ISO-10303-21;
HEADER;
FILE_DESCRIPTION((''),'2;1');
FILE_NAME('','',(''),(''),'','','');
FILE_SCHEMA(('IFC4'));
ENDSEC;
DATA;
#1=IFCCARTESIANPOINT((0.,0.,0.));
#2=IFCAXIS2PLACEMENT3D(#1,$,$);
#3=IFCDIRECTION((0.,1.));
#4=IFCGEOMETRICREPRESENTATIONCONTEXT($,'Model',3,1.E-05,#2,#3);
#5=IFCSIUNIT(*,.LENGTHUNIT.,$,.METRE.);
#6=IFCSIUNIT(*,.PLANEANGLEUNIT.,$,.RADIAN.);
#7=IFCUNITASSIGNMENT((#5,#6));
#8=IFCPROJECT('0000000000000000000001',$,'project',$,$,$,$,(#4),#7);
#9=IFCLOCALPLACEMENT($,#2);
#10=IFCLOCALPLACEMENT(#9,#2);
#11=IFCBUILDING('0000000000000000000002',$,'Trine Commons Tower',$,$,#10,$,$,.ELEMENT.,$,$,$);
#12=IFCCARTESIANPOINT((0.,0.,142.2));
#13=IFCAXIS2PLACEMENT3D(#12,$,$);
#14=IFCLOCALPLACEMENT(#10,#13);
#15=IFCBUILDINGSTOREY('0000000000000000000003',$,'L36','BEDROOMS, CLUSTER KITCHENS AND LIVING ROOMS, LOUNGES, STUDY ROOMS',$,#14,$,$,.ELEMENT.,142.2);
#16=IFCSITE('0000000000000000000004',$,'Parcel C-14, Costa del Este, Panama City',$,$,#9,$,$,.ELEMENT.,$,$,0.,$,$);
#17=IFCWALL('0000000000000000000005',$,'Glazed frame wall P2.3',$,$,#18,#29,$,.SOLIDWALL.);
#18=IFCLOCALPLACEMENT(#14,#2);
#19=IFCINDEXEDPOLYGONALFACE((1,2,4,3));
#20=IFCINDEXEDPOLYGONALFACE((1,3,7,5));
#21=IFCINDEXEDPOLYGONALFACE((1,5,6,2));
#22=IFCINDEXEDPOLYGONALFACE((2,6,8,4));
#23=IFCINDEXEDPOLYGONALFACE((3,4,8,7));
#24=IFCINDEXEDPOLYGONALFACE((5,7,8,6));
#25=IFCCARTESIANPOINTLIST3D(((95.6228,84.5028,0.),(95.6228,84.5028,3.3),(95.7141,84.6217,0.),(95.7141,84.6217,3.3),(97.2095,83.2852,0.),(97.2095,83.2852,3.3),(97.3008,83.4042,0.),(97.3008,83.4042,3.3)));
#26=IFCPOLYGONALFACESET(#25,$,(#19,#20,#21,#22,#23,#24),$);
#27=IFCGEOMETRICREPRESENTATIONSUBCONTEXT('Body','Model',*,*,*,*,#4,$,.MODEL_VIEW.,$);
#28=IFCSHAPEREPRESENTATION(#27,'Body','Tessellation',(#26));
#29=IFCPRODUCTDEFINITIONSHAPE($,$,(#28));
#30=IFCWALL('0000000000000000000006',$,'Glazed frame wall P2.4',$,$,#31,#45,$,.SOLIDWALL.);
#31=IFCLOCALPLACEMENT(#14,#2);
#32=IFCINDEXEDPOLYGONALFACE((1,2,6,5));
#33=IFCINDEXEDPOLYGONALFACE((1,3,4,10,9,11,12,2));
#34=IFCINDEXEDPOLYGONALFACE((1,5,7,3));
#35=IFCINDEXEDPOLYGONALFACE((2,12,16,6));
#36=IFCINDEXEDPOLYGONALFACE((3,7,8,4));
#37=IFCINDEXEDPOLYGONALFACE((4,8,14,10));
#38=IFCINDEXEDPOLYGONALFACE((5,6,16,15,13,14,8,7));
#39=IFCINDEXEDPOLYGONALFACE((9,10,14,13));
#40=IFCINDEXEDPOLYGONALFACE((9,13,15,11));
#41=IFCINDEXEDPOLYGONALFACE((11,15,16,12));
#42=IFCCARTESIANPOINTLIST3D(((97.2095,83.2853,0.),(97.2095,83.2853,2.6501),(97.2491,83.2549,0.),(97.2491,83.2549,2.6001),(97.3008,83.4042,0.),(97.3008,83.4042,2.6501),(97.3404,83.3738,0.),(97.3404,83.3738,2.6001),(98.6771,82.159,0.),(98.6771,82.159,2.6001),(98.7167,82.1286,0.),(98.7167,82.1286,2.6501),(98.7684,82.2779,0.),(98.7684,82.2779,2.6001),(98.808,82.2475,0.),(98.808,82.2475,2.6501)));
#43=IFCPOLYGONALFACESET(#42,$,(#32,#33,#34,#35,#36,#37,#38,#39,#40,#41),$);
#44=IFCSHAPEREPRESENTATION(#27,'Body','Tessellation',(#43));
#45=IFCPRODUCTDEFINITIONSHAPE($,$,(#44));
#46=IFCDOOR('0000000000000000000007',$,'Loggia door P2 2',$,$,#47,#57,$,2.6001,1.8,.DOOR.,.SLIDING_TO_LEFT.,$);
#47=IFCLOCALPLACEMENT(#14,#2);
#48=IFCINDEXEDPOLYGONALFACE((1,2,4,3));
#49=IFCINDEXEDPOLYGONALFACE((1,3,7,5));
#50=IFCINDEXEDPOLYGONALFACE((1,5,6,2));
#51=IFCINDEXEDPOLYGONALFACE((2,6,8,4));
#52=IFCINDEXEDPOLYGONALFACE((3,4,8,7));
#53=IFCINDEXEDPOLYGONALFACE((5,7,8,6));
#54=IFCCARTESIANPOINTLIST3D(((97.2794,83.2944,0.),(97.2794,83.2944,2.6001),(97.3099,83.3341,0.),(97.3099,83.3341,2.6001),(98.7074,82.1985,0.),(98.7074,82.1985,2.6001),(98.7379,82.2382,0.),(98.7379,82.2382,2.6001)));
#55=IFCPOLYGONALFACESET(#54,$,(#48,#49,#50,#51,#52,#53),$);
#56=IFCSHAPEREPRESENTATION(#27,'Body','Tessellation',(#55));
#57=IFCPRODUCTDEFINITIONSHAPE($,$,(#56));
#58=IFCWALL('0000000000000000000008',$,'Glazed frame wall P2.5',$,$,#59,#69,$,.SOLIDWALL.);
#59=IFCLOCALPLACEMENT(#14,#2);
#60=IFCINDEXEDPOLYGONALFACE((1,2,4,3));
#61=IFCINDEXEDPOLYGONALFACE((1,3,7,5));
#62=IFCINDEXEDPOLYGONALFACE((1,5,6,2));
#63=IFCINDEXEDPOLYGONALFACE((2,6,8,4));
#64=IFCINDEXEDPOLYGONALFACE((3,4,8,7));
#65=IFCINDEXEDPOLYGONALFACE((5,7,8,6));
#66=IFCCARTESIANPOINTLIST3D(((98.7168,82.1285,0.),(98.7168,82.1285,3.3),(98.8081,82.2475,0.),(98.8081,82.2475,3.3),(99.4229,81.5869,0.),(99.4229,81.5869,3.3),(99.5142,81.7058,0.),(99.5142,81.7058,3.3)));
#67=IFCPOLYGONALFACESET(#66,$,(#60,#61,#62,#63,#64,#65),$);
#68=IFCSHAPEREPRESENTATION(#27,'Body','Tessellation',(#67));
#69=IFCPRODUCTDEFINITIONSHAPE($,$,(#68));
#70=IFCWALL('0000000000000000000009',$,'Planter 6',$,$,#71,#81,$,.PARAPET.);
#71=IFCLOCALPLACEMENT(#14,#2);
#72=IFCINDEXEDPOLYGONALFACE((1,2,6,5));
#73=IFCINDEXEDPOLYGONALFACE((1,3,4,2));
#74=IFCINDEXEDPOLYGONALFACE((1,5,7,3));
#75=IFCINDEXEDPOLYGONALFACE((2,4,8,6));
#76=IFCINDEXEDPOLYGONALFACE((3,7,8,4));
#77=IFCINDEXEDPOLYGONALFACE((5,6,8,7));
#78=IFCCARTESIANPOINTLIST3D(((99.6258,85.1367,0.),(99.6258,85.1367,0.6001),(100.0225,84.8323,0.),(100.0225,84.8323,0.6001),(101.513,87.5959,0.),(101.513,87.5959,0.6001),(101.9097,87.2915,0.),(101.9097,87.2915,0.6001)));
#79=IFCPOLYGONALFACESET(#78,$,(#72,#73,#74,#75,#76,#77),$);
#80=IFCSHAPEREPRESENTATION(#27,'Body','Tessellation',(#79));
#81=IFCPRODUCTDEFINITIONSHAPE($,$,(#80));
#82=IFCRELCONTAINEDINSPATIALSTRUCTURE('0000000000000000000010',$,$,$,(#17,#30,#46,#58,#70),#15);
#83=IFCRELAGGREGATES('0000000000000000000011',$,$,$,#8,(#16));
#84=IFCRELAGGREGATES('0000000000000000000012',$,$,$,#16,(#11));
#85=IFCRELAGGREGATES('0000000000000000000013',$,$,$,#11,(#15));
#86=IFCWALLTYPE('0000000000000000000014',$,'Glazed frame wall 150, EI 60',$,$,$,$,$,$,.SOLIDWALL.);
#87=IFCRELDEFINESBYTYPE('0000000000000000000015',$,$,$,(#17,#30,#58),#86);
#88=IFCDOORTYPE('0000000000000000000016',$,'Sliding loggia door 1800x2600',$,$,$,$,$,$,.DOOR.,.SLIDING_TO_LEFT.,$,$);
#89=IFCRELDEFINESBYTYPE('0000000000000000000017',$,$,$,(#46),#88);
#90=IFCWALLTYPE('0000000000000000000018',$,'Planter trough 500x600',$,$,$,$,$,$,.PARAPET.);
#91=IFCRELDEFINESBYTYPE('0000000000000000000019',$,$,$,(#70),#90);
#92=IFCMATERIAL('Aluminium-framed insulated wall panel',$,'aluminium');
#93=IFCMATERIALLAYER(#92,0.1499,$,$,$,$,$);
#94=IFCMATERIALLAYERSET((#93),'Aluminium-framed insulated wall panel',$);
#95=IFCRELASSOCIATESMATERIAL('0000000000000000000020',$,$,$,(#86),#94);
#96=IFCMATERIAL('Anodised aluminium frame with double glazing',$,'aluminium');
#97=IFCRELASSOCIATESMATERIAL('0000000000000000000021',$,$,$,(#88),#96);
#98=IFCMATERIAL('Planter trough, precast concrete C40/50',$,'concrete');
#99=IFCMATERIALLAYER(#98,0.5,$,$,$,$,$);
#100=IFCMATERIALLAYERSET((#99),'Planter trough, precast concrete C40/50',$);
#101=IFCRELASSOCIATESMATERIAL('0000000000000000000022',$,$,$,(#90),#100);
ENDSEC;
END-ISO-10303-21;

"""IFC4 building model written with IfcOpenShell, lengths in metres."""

from ifc_helpers import new_model, si_unit, direction, frame, frame_2d, origin, place, context, subcontext, project, spatial, polyline, rectangle, outline, extrude, material, layer, layer_set, type_object, element, fill, save


model = new_model("IFC4")

# Units and contexts
model_context = context("Model", 3, precision=1e-05, world=origin(), true_north=direction((0.0, 1.0)))
body_context = subcontext(model_context, "Body", "Model", "MODEL_VIEW")
ifc_project = project(units=[si_unit("LENGTHUNIT", "METRE"), si_unit("PLANEANGLEUNIT", "RADIAN")], contexts=[model_context])

# Site, building, storey
site_placement = place(None, origin())
site = spatial("IfcSite", under=ifc_project, at=site_placement, Name="Parcel C-14, Costa del Este, Panama City", CompositionType="ELEMENT", RefElevation=0.0)
building_placement = place(site_placement, origin())
building = spatial("IfcBuilding", under=site, at=building_placement, Name="Trine Commons Tower", CompositionType="ELEMENT")
storey_placement = place(building_placement, frame((0.0, 0.0, 142.2)))
storey = spatial("IfcBuildingStorey", under=building, at=storey_placement, Name="L36", Description="BEDROOMS, CLUSTER KITCHENS AND LIVING ROOMS, LOUNGES, STUDY ROOMS", CompositionType="ELEMENT", Elevation=142.2)

# Wall
ifc_material_1 = material(Name="Aluminium-framed insulated wall panel", Category="aluminium")
ifc_layer_1 = layer(ifc_material_1, 0.1499)
ifc_layer_set_1 = layer_set([ifc_layer_1], Name="Aluminium-framed insulated wall panel")
wall_type_1 = type_object("IfcWallType", Name="Glazed frame wall 150, EI 60", PredefinedType="SOLIDWALL", material=ifc_layer_set_1)
wall_1_placement = place(storey_placement, frame((95.6685, 84.5623, 0.0), z_axis=(0.0, 0.0, 1.0), x_axis=(0.793345, -0.608772, 0.0)))
element("IfcWall", 1, at=wall_1_placement, inside=storey, type_object=wall_type_1, Name="Glazed frame wall P2.3", PredefinedType="SOLIDWALL", context=body_context, shape_type="SweptSolid", body=[
    extrude(outline(polyline([(0.0, -0.075), (2.0, -0.075), (2.0, 0.075), (0.0, 0.075), (0.0, -0.075)])), origin(), (0.0, 0.0, 1.0), 3.3),
])

# Wall, opening, door
wall_2_placement = place(storey_placement, frame((97.2551, 83.3447, 0.0), z_axis=(0.0, 0.0, 1.0), x_axis=(0.793321, -0.608804, 0.0)))
wall_2 = element("IfcWall", 2, at=wall_2_placement, inside=storey, type_object=wall_type_1, Name="Glazed frame wall P2.4", PredefinedType="SOLIDWALL", context=body_context, shape_type="SweptSolid", body=[
    extrude(outline(polyline([(0.0, -0.075), (1.8999, -0.075), (1.8999, 0.075), (0.0, 0.075), (0.0, -0.075)])), origin(), (0.0, 0.0, 1.0), 2.6501),
])
opening_1_placement = place(wall_2_placement, frame((0.05, 0.0, 0.0)))
opening_1 = element("IfcOpeningElement", 3, at=opening_1_placement, cuts=wall_2, PredefinedType="OPENING", context=body_context, shape_type="SweptSolid", body=[
    extrude(rectangle(XDim=1.8, YDim=2.6001, at=frame_2d((0.8999, 1.3))), frame((0.0, 0.085, 0.0), z_axis=(0.0, -1.0, 0.0), x_axis=(1.0, 0.0, 0.0)), (0.0, 0.0, 1.0), 0.1699),
])
ifc_material_2 = material(Name="Anodised aluminium frame with double glazing", Category="aluminium")
door_type = type_object("IfcDoorType", Name="Sliding loggia door 1800x2600", OperationType="SLIDING_TO_LEFT", PredefinedType="DOOR", material=ifc_material_2)
door_1_placement = place(opening_1_placement, origin())
door_1 = element("IfcDoor", 4, at=door_1_placement, inside=storey, type_object=door_type, Name="Loggia door P2 2", OperationType="SLIDING_TO_LEFT", OverallHeight=2.6001, OverallWidth=1.8, PredefinedType="DOOR", context=body_context, shape_type="SweptSolid", body=[
    extrude(rectangle(XDim=1.8, YDim=2.6001, at=frame_2d((0.8999, 1.3))), frame((0.0, 0.0249, 0.0), z_axis=(0.0, -1.0, 0.0), x_axis=(1.0, 0.0, 0.0)), (0.0, 0.0, 1.0), 0.05),
])
fill(opening_1, door_1)

# Wall
wall_3_placement = place(storey_placement, frame((98.7625, 82.188, 0.0), z_axis=(0.0, 0.0, 1.0), x_axis=(0.793449, -0.608637, 0.0)))
element("IfcWall", 5, at=wall_3_placement, inside=storey, type_object=wall_type_1, Name="Glazed frame wall P2.5", PredefinedType="SOLIDWALL", context=body_context, shape_type="SweptSolid", body=[
    extrude(outline(polyline([(0.8899, 0.075), (0.0, 0.075), (0.0, -0.075), (0.8899, -0.075), (0.8899, 0.075)])), origin(), (0.0, 0.0, 1.0), 3.3),
])

# Wall
ifc_material_3 = material(Name="Planter trough, precast concrete C40/50", Category="concrete")
ifc_layer_2 = layer(ifc_material_3, 0.5)
ifc_layer_set_2 = layer_set([ifc_layer_2], Name="Planter trough, precast concrete C40/50")
wall_type_2 = type_object("IfcWallType", Name="Planter trough 500x600", PredefinedType="PARAPET", material=ifc_layer_set_2)
wall_4_placement = place(storey_placement, frame((99.8242, 84.9846, 0.0), z_axis=(0.0, 0.0, 1.0), x_axis=(0.608797, 0.793326, 0.0)))
element("IfcWall", 6, at=wall_4_placement, inside=storey, type_object=wall_type_2, Name="Planter 6", PredefinedType="PARAPET", context=body_context, shape_type="SweptSolid", body=[
    extrude(rectangle(XDim=3.0999, YDim=0.5, at=frame_2d((1.5498, 0.0))), origin(), (0.0, 0.0, 1.0), 0.6001),
])

save(model, "model.ifc")
